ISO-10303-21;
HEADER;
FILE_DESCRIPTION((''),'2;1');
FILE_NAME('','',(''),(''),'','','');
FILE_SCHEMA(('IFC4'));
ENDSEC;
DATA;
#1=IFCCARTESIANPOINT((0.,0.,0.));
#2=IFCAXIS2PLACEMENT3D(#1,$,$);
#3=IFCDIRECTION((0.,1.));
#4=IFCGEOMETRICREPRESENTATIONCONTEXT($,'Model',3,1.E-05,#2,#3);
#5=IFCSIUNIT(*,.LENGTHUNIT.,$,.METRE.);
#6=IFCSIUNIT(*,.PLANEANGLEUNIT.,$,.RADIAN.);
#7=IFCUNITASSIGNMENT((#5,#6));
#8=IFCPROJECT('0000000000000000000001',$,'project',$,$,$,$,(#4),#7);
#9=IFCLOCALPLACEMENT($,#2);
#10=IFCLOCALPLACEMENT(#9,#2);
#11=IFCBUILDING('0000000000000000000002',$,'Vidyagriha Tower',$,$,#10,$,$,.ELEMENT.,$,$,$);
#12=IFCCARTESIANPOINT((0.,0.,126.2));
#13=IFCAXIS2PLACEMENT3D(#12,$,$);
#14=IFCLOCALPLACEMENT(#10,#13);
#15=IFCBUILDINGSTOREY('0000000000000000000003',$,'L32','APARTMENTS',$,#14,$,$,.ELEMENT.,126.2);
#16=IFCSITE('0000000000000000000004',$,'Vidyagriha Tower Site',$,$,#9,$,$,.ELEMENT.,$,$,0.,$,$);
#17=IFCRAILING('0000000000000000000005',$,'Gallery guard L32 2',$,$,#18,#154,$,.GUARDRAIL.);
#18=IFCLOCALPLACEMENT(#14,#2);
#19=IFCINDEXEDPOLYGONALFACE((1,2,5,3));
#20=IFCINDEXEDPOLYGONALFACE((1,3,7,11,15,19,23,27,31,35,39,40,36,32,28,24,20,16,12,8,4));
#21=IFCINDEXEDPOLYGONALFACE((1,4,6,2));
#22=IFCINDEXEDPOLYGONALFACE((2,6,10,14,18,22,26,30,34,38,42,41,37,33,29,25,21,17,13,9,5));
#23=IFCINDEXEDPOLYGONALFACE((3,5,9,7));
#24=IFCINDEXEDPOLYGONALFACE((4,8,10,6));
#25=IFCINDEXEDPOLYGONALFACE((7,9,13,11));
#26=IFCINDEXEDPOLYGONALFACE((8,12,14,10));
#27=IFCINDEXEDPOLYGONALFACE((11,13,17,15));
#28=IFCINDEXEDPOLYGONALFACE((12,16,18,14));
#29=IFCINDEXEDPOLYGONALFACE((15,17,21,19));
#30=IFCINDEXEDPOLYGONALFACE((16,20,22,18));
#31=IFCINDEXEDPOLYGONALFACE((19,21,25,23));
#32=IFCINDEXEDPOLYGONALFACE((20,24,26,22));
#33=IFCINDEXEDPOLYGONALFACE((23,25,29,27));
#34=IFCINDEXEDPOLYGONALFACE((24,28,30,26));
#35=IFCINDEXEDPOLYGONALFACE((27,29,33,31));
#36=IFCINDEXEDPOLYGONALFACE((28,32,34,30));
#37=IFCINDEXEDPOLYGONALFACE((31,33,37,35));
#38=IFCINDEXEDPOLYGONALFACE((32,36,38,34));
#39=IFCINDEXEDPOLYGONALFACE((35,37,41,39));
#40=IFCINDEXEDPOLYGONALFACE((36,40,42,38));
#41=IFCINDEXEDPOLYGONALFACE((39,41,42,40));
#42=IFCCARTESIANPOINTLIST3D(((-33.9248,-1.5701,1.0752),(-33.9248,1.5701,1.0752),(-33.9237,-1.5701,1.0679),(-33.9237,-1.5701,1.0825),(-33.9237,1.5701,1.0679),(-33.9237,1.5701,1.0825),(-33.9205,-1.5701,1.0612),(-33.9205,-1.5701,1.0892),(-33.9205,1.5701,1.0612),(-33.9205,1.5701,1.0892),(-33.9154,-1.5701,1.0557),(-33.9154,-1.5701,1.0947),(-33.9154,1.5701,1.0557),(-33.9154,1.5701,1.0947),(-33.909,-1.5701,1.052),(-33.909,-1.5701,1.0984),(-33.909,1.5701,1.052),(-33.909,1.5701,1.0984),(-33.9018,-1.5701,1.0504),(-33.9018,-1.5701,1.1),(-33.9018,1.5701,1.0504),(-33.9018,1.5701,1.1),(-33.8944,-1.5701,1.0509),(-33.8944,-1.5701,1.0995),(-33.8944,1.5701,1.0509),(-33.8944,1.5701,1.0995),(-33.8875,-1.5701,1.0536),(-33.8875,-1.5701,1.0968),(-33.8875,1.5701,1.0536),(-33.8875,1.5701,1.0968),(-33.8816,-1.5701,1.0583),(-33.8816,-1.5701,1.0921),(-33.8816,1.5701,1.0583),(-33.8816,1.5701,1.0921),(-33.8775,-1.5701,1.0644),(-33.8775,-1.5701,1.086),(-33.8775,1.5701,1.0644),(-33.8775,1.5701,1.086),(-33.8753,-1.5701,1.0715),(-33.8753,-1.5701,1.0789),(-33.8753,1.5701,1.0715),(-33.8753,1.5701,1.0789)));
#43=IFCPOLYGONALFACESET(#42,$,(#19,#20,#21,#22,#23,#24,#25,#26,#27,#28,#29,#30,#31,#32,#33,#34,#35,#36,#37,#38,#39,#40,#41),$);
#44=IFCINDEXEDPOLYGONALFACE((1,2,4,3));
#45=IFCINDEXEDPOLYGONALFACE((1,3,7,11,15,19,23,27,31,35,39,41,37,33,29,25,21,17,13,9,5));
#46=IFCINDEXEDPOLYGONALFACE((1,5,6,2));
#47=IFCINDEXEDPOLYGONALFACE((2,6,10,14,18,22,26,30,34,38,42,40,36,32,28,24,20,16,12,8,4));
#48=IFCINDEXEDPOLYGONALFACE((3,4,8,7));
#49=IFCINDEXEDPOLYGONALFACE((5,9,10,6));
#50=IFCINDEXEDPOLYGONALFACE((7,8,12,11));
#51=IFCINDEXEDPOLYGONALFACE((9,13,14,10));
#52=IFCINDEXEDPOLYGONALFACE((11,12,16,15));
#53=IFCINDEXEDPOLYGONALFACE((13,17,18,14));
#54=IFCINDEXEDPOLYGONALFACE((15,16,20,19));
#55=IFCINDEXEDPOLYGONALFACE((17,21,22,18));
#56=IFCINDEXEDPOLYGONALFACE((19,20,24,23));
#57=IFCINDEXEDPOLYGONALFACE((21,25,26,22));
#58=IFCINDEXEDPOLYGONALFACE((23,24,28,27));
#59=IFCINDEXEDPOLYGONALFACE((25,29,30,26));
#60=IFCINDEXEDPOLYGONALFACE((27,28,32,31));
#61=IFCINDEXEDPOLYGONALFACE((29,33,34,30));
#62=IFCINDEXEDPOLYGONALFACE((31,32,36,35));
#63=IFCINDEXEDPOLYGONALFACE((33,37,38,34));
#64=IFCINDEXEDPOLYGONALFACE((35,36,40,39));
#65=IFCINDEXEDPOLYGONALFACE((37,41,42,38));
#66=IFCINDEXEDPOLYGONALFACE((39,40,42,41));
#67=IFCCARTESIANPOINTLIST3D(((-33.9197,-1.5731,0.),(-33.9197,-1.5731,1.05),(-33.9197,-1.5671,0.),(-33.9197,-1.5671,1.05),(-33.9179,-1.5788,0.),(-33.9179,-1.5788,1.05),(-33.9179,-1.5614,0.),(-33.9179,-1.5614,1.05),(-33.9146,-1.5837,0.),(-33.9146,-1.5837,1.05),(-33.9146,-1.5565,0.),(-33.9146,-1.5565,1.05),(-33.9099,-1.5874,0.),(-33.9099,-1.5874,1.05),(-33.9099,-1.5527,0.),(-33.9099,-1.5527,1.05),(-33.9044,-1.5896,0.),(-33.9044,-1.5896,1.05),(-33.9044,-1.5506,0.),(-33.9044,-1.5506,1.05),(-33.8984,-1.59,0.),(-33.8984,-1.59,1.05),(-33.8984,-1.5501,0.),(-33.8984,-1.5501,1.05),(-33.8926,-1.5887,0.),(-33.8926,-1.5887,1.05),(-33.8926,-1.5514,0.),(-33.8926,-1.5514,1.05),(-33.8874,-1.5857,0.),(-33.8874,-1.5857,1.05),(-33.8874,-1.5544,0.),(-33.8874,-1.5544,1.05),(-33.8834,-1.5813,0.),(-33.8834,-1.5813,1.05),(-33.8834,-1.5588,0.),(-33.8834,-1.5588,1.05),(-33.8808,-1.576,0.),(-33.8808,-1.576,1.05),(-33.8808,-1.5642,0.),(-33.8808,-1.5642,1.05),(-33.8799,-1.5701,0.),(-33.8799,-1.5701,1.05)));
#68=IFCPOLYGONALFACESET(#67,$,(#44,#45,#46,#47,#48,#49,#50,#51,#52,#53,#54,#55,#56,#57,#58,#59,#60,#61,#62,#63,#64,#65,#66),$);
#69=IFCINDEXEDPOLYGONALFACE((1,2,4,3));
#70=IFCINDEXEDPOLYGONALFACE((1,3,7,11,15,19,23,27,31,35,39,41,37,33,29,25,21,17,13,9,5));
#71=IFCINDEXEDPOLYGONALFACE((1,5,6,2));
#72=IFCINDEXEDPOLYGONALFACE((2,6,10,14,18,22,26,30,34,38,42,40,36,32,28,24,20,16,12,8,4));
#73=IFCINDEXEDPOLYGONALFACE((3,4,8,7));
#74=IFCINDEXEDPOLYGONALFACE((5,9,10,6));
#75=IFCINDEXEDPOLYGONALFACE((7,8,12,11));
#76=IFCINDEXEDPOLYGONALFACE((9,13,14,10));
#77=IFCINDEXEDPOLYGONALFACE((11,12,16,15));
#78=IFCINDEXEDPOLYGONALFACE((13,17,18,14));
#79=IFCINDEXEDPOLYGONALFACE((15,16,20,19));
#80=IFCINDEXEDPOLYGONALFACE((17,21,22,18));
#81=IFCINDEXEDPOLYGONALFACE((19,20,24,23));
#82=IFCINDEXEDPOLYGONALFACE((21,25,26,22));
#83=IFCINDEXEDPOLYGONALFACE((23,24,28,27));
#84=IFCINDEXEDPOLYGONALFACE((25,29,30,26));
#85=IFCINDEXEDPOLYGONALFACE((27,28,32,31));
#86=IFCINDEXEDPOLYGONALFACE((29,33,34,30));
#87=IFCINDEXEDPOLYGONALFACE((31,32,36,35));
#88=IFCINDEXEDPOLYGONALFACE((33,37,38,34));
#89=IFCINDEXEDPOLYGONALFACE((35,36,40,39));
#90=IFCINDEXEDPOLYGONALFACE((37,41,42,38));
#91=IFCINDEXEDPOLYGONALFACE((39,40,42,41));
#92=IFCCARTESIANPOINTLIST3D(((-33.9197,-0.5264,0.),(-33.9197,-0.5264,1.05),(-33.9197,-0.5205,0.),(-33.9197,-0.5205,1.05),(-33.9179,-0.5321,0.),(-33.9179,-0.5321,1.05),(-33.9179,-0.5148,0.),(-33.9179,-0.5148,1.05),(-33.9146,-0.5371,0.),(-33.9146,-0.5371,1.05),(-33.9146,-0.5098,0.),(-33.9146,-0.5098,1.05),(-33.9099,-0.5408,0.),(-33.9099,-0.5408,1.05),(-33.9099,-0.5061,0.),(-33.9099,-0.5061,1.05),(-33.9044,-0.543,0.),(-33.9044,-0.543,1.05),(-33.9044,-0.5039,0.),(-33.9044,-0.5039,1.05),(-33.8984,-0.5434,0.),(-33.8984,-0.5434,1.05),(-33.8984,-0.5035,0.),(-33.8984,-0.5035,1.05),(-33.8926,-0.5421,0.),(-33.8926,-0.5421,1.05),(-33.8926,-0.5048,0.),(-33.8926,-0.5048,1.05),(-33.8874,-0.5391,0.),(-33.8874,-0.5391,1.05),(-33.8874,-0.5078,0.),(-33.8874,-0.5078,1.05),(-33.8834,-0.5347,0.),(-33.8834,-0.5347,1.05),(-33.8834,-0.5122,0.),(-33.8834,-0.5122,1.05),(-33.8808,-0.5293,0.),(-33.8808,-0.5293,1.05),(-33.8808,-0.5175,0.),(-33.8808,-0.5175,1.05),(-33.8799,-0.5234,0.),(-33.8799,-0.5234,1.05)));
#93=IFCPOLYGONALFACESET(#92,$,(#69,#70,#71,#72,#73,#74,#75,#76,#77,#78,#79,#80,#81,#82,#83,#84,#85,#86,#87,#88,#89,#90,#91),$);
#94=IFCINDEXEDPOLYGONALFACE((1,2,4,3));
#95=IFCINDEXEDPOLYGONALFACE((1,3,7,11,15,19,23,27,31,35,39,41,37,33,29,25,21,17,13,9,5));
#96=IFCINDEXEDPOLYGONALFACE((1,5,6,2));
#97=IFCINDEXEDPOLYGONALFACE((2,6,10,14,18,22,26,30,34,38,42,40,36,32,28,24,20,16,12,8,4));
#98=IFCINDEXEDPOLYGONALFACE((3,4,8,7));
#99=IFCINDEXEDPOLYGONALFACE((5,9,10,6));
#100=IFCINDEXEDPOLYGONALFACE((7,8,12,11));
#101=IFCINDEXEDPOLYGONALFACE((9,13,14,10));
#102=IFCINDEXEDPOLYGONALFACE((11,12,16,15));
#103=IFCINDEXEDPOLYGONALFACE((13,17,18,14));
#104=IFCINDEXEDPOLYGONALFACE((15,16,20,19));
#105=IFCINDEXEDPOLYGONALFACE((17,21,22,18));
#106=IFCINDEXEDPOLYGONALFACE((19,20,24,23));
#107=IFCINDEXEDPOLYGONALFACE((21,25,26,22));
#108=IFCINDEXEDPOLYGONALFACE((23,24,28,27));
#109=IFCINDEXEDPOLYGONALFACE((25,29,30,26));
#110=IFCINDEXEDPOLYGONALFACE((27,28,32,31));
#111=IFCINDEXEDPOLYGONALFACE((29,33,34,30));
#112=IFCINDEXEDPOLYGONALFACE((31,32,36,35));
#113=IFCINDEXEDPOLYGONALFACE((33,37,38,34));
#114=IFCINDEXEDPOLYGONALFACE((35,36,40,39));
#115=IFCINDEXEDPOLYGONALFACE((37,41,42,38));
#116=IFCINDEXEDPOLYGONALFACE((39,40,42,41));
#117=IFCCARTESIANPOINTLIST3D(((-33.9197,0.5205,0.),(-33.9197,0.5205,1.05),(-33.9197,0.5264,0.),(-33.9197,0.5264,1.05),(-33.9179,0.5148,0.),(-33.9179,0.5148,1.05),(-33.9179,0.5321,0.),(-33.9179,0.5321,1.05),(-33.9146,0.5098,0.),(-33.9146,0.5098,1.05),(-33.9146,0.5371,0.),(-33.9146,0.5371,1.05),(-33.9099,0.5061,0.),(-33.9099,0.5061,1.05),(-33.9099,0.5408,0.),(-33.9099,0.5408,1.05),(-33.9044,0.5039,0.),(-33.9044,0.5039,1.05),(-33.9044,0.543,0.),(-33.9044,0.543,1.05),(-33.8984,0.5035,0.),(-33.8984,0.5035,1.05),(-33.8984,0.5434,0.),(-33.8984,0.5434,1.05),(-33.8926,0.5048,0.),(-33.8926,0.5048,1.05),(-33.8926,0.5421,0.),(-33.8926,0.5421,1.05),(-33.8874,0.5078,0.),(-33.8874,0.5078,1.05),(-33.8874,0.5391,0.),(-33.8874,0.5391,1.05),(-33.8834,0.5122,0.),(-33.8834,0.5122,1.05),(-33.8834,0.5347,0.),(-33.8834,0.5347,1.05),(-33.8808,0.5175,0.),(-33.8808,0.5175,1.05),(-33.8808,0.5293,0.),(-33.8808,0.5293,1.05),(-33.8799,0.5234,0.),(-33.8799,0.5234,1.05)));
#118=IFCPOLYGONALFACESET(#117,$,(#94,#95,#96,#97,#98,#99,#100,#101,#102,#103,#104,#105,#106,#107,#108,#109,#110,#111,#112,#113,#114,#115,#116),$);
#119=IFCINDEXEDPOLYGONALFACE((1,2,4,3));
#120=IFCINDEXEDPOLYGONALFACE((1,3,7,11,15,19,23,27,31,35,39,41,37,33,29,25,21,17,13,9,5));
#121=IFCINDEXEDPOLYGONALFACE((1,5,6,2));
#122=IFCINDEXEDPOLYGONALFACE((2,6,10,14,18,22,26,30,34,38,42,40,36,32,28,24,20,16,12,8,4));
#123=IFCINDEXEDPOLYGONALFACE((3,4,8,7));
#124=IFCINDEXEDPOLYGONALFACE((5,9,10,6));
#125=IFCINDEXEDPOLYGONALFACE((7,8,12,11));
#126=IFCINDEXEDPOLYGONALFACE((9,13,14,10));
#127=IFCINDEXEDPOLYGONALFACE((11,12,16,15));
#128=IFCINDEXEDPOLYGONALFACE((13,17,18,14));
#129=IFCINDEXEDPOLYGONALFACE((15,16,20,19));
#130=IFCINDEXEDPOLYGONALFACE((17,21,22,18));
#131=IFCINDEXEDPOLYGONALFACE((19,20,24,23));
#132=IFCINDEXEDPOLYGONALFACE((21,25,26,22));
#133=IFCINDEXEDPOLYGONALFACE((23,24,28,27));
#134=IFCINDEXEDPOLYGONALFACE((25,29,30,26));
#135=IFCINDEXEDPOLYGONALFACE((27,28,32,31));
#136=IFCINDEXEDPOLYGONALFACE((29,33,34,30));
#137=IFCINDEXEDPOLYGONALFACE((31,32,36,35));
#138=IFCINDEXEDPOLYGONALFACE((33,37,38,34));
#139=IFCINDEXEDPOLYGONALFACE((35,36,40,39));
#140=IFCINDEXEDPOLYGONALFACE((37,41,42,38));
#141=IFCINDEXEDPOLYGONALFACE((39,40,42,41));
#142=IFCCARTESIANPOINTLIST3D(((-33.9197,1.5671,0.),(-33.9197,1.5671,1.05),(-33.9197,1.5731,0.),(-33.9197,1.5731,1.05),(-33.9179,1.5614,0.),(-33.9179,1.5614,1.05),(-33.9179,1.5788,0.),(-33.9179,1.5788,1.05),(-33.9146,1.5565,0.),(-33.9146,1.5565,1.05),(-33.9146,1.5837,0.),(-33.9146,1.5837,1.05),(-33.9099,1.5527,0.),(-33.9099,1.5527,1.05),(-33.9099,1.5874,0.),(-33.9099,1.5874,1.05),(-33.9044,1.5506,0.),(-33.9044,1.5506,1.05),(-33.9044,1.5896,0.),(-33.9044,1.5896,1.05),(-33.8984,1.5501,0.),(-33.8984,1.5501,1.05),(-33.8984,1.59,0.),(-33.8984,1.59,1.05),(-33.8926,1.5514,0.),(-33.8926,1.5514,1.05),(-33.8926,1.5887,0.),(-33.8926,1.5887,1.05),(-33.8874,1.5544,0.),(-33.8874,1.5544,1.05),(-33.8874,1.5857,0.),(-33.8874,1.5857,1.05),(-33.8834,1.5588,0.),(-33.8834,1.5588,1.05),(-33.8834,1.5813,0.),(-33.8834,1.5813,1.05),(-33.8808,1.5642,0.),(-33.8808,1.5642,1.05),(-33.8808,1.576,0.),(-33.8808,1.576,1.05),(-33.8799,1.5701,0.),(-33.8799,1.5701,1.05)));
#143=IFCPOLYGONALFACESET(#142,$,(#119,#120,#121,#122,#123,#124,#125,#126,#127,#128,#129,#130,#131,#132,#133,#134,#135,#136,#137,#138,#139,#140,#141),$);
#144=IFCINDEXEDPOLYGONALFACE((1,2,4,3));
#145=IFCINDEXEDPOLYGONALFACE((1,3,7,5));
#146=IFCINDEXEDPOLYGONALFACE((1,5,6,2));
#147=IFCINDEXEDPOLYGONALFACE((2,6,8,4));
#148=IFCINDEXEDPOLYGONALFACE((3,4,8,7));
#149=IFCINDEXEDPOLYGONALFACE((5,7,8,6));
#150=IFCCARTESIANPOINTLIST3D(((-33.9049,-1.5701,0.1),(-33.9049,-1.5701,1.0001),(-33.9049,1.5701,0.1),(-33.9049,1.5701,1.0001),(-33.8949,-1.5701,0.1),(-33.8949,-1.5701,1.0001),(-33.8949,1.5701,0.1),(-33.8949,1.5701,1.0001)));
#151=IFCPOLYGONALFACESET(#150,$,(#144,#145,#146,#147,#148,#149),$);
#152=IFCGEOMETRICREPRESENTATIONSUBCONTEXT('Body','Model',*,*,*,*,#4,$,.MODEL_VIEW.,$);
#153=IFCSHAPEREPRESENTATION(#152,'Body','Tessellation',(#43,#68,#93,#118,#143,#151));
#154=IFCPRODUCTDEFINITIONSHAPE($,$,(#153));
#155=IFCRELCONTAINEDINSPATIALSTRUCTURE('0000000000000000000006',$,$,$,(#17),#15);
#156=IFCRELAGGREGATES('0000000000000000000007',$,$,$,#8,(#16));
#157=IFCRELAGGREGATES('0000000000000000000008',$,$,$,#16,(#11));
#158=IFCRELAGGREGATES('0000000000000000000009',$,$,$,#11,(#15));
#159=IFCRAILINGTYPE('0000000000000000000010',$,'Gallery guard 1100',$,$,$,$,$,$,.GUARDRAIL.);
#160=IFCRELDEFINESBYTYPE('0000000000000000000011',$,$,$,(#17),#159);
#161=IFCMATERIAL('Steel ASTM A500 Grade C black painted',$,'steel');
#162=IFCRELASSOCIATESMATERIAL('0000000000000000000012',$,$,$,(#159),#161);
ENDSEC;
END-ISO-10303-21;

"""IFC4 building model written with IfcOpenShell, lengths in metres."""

from ifc_helpers import new_model, si_unit, direction, frame, origin, origin_2d, place, context, subcontext, project, spatial, rectangle, circle, extrude, material, type_object, element, save


model = new_model("IFC4")

# Units and contexts
model_context = context("Model", 3, precision=1e-05, world=origin(), true_north=direction((0.0, 1.0)))
body_context = subcontext(model_context, "Body", "Model", "MODEL_VIEW")
ifc_project = project(units=[si_unit("LENGTHUNIT", "METRE"), si_unit("PLANEANGLEUNIT", "RADIAN")], contexts=[model_context])

# Site, building, storey
site_placement = place(None, origin())
site = spatial("IfcSite", under=ifc_project, at=site_placement, Name="Vidyagriha Tower Site", CompositionType="ELEMENT", RefElevation=0.0)
building_placement = place(site_placement, origin())
building = spatial("IfcBuilding", under=site, at=building_placement, Name="Vidyagriha Tower", CompositionType="ELEMENT")
storey_placement = place(building_placement, frame((0.0, 0.0, 126.2)))
storey = spatial("IfcBuildingStorey", under=building, at=storey_placement, Name="L32", Description="APARTMENTS", CompositionType="ELEMENT", Elevation=126.2)

# Railing
ifc_material_1 = material(Name="Steel ASTM A500 Grade C black painted", Category="steel")
railing_type_1 = type_object("IfcRailingType", Name="Gallery guard 1100", PredefinedType="GUARDRAIL", material=ifc_material_1)
railing_1_placement = place(storey_placement, frame((-33.8999, -1.5701, 0.0)))
element("IfcRailing", 1, at=railing_1_placement, inside=storey, type_object=railing_type_1, Name="Gallery guard L32 2", PredefinedType="GUARDRAIL", context=body_context, shape_type="SweptSolid", body=[
    extrude(circle(Radius=0.0249, at=origin_2d()), frame((0.0, 0.0, 1.0752), z_axis=(0.0, 1.0, 0.0), x_axis=(-1.0, 0.0, 0.0)), (0.0, 0.0, 1.0), 3.1401),
    extrude(circle(Radius=0.02, at=origin_2d()), origin(), (0.0, 0.0, 1.0), 1.05),
    extrude(circle(Radius=0.02, at=origin_2d()), frame((0.0, 1.0466, 0.0)), (0.0, 0.0, 1.0), 1.05),
    extrude(circle(Radius=0.02, at=origin_2d()), frame((0.0, 2.0935, 0.0)), (0.0, 0.0, 1.0), 1.05),
    extrude(circle(Radius=0.02, at=origin_2d()), frame((0.0, 3.1401, 0.0)), (0.0, 0.0, 1.0), 1.05),
    extrude(rectangle(XDim=0.01, YDim=0.9001, at=origin_2d()), frame((0.0, 0.0, 0.55), z_axis=(0.0, 1.0, 0.0), x_axis=(-1.0, 0.0, 0.0)), (0.0, 0.0, 1.0), 3.1401),
])

save(model, "model.ifc")
